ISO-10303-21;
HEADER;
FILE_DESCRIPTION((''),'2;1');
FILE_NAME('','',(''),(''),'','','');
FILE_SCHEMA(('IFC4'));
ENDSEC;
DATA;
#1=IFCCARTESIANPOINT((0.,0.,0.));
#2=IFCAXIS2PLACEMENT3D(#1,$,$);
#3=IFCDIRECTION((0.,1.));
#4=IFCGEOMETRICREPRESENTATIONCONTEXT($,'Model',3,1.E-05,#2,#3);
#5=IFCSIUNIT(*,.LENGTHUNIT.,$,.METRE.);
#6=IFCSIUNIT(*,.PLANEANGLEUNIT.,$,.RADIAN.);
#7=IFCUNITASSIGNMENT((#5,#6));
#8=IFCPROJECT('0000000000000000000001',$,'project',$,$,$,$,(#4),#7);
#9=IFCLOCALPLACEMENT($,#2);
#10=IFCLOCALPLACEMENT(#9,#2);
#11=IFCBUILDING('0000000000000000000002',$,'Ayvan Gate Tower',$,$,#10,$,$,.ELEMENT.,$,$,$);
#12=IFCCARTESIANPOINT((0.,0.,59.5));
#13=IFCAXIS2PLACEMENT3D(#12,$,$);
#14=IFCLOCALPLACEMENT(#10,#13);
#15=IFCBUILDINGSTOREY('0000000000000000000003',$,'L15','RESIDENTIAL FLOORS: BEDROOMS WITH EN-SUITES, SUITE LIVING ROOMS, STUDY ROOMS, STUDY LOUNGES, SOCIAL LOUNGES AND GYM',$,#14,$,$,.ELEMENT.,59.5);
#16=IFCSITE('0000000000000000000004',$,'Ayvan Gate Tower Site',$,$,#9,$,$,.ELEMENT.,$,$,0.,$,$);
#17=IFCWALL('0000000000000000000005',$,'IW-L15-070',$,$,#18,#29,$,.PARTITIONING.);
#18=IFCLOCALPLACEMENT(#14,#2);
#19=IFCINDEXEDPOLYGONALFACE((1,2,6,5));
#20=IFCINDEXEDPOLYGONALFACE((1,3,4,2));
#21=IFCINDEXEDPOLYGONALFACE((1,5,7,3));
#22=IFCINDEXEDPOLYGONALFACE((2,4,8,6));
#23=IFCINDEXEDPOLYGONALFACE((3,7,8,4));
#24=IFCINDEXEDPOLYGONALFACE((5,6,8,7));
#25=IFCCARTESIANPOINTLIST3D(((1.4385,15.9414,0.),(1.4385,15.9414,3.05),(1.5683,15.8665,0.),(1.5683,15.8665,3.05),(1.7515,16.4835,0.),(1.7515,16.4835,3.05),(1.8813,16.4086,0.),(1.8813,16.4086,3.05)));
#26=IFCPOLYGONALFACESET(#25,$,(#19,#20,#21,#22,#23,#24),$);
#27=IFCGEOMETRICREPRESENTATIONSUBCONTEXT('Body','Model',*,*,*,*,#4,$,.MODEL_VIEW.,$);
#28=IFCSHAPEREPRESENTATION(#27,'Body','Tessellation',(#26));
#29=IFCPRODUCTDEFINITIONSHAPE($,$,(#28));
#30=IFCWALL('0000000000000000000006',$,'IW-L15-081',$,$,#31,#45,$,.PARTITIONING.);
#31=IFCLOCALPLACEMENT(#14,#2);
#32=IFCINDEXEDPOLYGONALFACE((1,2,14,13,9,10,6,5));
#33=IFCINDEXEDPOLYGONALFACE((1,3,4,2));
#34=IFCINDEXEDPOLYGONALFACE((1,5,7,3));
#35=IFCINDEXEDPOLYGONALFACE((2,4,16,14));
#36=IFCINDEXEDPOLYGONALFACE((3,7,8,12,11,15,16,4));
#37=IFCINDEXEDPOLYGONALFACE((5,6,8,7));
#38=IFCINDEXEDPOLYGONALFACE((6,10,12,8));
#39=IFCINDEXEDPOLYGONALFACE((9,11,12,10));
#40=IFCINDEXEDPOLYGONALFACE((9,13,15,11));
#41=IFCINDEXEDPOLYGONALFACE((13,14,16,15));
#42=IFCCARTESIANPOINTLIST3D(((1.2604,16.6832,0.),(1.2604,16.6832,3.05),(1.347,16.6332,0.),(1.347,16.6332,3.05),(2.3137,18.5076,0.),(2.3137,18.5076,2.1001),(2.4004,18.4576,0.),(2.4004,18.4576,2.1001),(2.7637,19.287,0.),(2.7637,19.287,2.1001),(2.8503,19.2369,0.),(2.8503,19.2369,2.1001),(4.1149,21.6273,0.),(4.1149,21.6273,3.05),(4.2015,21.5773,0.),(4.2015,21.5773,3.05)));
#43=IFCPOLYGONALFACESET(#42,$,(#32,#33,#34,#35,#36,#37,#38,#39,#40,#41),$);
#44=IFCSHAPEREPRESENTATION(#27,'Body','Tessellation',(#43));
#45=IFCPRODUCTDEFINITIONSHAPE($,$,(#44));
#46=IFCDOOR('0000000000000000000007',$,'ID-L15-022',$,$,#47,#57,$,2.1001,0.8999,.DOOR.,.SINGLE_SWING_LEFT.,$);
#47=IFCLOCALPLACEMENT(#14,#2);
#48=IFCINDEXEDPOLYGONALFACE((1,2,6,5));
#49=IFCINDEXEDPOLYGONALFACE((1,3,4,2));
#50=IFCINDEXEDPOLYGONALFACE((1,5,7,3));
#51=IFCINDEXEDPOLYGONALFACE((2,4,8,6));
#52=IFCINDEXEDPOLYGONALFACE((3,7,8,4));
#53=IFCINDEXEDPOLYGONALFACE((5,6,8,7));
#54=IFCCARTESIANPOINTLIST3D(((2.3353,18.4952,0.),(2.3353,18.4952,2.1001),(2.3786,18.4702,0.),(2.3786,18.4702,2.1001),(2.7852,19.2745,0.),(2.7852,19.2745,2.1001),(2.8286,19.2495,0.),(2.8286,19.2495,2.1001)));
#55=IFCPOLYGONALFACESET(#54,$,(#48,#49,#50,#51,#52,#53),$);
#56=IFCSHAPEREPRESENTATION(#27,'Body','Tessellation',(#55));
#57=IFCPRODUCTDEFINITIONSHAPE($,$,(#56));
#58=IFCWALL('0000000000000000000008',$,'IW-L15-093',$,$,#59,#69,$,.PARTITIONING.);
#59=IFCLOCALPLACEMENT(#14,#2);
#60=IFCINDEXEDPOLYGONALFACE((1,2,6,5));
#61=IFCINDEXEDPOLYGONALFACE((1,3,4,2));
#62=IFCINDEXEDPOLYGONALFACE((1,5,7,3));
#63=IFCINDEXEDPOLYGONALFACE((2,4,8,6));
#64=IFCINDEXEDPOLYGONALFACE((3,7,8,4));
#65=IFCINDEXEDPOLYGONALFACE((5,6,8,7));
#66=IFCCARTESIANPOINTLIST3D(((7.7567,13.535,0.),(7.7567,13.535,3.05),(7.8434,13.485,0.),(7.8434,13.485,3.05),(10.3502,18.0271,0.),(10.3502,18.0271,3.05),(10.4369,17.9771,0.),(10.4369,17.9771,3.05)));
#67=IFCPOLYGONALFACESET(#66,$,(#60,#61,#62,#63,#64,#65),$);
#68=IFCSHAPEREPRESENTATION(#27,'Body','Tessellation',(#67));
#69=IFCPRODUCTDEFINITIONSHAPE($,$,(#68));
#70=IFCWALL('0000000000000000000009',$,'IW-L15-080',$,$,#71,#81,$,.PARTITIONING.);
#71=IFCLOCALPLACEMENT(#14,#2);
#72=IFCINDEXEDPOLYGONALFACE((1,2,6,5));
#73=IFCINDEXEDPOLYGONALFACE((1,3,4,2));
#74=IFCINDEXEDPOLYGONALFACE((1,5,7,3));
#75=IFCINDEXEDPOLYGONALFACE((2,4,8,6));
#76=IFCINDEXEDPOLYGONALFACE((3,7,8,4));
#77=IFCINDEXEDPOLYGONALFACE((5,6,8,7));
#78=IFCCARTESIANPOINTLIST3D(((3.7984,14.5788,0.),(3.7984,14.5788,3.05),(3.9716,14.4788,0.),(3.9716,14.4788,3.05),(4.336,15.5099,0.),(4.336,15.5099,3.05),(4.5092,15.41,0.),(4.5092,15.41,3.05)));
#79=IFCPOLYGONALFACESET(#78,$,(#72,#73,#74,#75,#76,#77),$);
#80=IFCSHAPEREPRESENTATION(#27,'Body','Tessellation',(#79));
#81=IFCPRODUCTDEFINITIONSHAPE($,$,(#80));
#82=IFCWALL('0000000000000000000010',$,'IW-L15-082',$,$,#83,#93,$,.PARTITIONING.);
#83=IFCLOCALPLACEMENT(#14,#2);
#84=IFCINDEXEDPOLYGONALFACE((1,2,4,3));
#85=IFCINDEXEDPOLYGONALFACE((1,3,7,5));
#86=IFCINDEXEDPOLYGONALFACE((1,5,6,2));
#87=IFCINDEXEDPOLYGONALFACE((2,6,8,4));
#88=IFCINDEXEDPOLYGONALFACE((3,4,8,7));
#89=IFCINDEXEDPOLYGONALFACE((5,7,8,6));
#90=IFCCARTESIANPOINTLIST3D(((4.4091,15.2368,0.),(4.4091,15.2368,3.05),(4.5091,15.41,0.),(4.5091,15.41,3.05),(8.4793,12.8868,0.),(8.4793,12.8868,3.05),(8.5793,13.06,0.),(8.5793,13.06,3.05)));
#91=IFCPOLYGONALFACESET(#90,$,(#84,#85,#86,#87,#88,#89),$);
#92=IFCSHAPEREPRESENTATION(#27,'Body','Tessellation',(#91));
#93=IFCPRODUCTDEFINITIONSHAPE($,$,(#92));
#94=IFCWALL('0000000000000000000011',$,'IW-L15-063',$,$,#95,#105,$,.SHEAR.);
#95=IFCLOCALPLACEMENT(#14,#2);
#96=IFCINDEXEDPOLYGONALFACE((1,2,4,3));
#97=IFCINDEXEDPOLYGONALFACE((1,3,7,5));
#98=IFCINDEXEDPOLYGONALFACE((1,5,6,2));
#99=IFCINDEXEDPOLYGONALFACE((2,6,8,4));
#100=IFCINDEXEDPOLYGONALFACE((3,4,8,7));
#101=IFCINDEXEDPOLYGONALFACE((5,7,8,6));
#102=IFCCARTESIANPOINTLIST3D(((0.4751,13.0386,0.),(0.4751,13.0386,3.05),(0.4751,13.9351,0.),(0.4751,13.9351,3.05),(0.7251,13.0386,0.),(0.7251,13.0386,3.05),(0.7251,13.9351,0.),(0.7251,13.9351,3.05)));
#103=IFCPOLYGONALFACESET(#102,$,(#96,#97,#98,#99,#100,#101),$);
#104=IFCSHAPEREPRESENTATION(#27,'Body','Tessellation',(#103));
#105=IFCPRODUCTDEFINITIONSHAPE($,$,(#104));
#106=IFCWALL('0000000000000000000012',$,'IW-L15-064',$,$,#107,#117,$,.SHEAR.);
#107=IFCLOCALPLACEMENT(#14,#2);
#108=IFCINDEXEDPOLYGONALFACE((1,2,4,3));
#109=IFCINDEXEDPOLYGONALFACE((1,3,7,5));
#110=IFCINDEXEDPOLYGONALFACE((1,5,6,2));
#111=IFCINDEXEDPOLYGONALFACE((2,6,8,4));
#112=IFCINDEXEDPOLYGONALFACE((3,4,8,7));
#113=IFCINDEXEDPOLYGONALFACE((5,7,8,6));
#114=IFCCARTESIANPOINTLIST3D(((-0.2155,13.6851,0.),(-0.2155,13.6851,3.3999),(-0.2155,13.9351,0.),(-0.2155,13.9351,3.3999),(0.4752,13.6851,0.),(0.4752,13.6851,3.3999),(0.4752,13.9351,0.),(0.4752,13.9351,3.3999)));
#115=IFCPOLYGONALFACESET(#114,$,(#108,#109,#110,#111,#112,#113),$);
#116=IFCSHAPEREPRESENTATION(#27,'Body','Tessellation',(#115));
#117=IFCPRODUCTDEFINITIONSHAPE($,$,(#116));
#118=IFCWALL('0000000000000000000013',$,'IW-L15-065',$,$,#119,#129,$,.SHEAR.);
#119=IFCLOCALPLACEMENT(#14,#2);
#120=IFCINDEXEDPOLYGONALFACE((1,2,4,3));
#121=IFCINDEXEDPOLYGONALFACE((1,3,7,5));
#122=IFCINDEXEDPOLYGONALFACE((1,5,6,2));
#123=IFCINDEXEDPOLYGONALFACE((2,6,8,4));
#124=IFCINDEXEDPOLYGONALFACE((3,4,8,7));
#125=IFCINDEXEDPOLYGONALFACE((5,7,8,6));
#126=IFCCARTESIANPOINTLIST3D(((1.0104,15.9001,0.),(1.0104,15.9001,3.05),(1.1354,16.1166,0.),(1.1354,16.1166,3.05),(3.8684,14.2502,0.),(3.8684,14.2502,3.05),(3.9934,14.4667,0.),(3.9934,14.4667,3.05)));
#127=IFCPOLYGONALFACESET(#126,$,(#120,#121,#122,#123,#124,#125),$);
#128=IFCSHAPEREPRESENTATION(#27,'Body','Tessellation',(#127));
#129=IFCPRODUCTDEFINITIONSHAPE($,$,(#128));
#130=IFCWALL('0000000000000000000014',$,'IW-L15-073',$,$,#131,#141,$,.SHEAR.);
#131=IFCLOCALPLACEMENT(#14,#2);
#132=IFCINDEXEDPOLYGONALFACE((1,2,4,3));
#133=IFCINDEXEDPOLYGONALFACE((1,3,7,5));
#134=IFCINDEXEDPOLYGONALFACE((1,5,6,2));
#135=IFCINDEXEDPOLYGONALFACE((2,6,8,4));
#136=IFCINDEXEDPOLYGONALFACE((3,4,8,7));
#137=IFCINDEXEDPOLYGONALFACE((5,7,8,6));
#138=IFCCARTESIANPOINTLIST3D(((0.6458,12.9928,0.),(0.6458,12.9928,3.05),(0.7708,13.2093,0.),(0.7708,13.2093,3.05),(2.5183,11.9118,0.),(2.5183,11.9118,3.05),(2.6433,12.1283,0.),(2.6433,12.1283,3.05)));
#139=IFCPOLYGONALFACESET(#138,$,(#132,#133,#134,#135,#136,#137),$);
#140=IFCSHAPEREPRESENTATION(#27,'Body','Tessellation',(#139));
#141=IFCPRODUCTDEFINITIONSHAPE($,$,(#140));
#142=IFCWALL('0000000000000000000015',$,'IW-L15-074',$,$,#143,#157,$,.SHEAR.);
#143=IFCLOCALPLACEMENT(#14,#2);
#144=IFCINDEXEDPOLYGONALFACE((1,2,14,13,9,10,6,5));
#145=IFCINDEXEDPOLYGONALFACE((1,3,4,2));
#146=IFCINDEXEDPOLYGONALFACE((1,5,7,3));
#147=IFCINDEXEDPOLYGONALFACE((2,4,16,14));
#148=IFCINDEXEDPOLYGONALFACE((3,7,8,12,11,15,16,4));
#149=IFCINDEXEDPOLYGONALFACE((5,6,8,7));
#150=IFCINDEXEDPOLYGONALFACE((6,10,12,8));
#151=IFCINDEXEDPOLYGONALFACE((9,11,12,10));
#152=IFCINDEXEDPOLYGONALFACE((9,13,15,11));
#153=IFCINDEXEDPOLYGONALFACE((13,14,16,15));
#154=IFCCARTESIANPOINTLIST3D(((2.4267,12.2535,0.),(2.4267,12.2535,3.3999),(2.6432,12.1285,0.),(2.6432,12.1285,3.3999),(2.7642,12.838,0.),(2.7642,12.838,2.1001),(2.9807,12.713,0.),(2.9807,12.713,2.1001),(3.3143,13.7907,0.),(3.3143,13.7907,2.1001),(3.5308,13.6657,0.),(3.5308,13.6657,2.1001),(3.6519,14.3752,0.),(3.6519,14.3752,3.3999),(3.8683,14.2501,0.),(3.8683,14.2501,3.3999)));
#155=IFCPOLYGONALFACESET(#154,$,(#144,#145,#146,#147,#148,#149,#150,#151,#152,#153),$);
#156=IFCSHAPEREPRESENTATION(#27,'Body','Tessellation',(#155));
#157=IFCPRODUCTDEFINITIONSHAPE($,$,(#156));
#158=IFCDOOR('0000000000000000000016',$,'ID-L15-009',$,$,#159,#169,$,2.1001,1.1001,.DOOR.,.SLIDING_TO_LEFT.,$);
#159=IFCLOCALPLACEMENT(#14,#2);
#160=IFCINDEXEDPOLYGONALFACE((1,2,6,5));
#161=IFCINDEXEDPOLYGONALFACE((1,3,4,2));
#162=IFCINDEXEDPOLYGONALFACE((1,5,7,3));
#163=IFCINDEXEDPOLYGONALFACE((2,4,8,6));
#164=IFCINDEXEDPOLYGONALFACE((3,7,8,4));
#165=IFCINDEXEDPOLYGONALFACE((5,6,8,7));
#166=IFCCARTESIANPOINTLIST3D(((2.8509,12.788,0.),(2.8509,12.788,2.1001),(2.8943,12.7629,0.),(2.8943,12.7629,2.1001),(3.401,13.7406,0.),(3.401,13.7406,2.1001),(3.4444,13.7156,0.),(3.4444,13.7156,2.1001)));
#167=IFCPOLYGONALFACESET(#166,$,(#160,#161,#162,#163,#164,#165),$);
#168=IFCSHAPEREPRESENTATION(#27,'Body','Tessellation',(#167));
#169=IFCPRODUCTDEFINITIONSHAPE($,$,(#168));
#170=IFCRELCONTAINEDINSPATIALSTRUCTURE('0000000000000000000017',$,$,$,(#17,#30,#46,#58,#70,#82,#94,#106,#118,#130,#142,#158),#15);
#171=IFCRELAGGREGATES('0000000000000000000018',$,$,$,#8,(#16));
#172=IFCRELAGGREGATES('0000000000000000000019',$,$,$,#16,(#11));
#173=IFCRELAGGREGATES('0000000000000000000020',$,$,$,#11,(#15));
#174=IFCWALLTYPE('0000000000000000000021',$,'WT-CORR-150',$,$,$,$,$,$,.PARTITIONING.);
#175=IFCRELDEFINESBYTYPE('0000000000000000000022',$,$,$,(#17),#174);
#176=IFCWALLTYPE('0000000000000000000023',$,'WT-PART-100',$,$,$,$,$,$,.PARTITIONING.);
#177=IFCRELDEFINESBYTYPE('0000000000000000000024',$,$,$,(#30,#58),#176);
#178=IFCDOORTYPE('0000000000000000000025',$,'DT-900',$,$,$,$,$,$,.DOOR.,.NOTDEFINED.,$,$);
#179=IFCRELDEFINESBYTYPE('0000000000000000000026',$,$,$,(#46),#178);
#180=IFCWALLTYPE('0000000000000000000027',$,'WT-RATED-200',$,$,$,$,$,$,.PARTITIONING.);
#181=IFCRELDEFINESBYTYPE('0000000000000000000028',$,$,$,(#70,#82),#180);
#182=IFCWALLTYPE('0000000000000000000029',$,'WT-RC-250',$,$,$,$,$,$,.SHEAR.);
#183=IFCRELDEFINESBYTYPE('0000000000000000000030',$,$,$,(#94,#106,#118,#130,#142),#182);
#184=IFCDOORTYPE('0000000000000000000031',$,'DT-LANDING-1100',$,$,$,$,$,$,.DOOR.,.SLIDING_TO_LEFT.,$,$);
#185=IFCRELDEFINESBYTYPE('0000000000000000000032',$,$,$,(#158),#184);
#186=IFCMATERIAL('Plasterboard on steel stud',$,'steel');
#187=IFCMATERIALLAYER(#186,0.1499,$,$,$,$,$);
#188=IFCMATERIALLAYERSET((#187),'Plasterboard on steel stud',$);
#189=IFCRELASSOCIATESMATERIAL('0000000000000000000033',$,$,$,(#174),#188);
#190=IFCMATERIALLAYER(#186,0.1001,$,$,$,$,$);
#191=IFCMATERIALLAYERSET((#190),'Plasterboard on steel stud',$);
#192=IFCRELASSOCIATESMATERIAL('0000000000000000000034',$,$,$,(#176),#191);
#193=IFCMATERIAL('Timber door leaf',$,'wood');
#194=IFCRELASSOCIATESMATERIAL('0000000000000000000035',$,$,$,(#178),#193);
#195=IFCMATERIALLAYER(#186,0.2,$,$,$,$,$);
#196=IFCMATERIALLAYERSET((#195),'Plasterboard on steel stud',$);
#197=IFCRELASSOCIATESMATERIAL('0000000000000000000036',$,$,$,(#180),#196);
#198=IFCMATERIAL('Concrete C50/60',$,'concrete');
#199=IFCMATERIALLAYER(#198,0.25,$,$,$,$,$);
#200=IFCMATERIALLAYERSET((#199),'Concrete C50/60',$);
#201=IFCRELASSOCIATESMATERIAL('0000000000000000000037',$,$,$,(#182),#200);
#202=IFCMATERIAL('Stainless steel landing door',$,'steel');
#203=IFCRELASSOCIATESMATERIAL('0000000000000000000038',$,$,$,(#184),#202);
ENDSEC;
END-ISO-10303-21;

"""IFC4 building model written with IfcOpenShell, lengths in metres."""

from ifc_helpers import new_model, si_unit, direction, frame, frame_2d, origin, place, context, subcontext, project, spatial, rectangle, extrude, material, layer, layer_set, type_object, element, fill, save


model = new_model("IFC4")

# Units and contexts
model_context = context("Model", 3, precision=1e-05, world=origin(), true_north=direction((0.0, 1.0)))
body_context = subcontext(model_context, "Body", "Model", "MODEL_VIEW")
ifc_project = project(units=[si_unit("LENGTHUNIT", "METRE"), si_unit("PLANEANGLEUNIT", "RADIAN")], contexts=[model_context])

# Site, building, storey
site_placement = place(None, origin())
site = spatial("IfcSite", under=ifc_project, at=site_placement, Name="Ayvan Gate Tower Site", CompositionType="ELEMENT", RefElevation=0.0)
building_placement = place(site_placement, origin())
building = spatial("IfcBuilding", under=site, at=building_placement, Name="Ayvan Gate Tower", CompositionType="ELEMENT")
storey_placement = place(building_placement, frame((0.0, 0.0, 59.5)))
storey = spatial("IfcBuildingStorey", under=building, at=storey_placement, Name="L15", Description="RESIDENTIAL FLOORS: BEDROOMS WITH EN-SUITES, SUITE LIVING ROOMS, STUDY ROOMS, STUDY LOUNGES, SOCIAL LOUNGES AND GYM", CompositionType="ELEMENT", Elevation=59.5)

# Wall
ifc_material_1 = material(Name="Plasterboard on steel stud", Category="steel")
ifc_layer_1 = layer(ifc_material_1, 0.1499)
ifc_layer_set_1 = layer_set([ifc_layer_1], Name="Plasterboard on steel stud")
wall_type_1 = type_object("IfcWallType", Name="WT-CORR-150", PredefinedType="PARTITIONING", material=ifc_layer_set_1)
wall_1_placement = place(storey_placement, frame((1.8164, 16.446, 0.0), z_axis=(0.0, 0.0, 1.0), x_axis=(-0.500083, -0.865978, 0.0)))
element("IfcWall", 1, at=wall_1_placement, inside=storey, type_object=wall_type_1, Name="IW-L15-070", PredefinedType="PARTITIONING", context=body_context, shape_type="SweptSolid", body=[
    extrude(rectangle(XDim=0.626, YDim=0.1499, at=frame_2d((0.313, 0.0))), origin(), (0.0, 0.0, 1.0), 3.05),
])

# Wall, opening, door
ifc_layer_2 = layer(ifc_material_1, 0.1001)
ifc_layer_set_2 = layer_set([ifc_layer_2], Name="Plasterboard on steel stud")
wall_type_2 = type_object("IfcWallType", Name="WT-PART-100", PredefinedType="PARTITIONING", material=ifc_layer_set_2)
wall_2_placement = place(storey_placement, frame((4.1582, 21.6023, 0.0), z_axis=(0.0, 0.0, 1.0), x_axis=(-0.500003, -0.866024, 0.0)))
wall_2 = element("IfcWall", 2, at=wall_2_placement, inside=storey, type_object=wall_type_2, Name="IW-L15-081", PredefinedType="PARTITIONING", context=body_context, shape_type="SweptSolid", body=[
    extrude(rectangle(XDim=5.709, YDim=0.1001, at=frame_2d((2.8545, 0.0))), origin(), (0.0, 0.0, 1.0), 3.05),
])
opening_1_placement = place(wall_2_placement, frame((2.7024, 0.0, 0.0)))
opening_1 = element("IfcOpeningElement", 3, at=opening_1_placement, cuts=wall_2, PredefinedType="OPENING", context=body_context, shape_type="SweptSolid", body=[
    extrude(rectangle(XDim=0.8999, YDim=2.1001, at=frame_2d((0.45, 1.05))), frame((0.0, 0.0601, 0.0), z_axis=(0.0, -1.0, 0.0), x_axis=(1.0, 0.0, 0.0)), (0.0, 0.0, 1.0), 0.1201),
])
ifc_material_2 = material(Name="Timber door leaf", Category="wood")
door_type_1 = type_object("IfcDoorType", Name="DT-900", OperationType="NOTDEFINED", PredefinedType="DOOR", material=ifc_material_2)
door_1_placement = place(opening_1_placement, origin())
door_1 = element("IfcDoor", 4, at=door_1_placement, inside=storey, type_object=door_type_1, Name="ID-L15-022", OperationType="SINGLE_SWING_LEFT", OverallHeight=2.1001, OverallWidth=0.8999, PredefinedType="DOOR", context=body_context, shape_type="SweptSolid", body=[
    extrude(rectangle(XDim=0.8999, YDim=2.1001, at=frame_2d((0.45, 1.05))), frame((0.0, 0.0249, 0.0), z_axis=(0.0, -1.0, 0.0), x_axis=(1.0, 0.0, 0.0)), (0.0, 0.0, 1.0), 0.05),
])
fill(opening_1, door_1)

# Walls
wall_3_placement = place(storey_placement, frame((7.8, 13.51, 0.0), z_axis=(0.0, 0.0, 1.0), x_axis=(0.499991, 0.86603, 0.0)))
element("IfcWall", 5, at=wall_3_placement, inside=storey, type_object=wall_type_2, Name="IW-L15-093", PredefinedType="PARTITIONING", context=body_context, shape_type="SweptSolid", body=[
    extrude(rectangle(XDim=5.187, YDim=0.1001, at=frame_2d((2.5935, 0.0))), origin(), (0.0, 0.0, 1.0), 3.05),
])
ifc_layer_3 = layer(ifc_material_1, 0.2)
ifc_layer_set_3 = layer_set([ifc_layer_3], Name="Plasterboard on steel stud")
wall_type_3 = type_object("IfcWallType", Name="WT-RATED-200", PredefinedType="PARTITIONING", material=ifc_layer_set_3)
wall_4_placement = place(storey_placement, frame((3.885, 14.5288, 0.0), z_axis=(0.0, 0.0, 1.0), x_axis=(0.499998, 0.866027, 0.0)))
element("IfcWall", 6, at=wall_4_placement, inside=storey, type_object=wall_type_3, Name="IW-L15-080", PredefinedType="PARTITIONING", context=body_context, shape_type="SweptSolid", body=[
    extrude(rectangle(XDim=1.0752, YDim=0.2, at=frame_2d((0.5376, 0.0))), origin(), (0.0, 0.0, 1.0), 3.05),
])
wall_5_placement = place(storey_placement, frame((4.459, 15.3235, 0.0), z_axis=(0.0, 0.0, 1.0), x_axis=(0.866016, -0.500016, 0.0)))
element("IfcWall", 7, at=wall_5_placement, inside=storey, type_object=wall_type_3, Name="IW-L15-082", PredefinedType="PARTITIONING", context=body_context, shape_type="SweptSolid", body=[
    extrude(rectangle(XDim=4.7, YDim=0.2, at=frame_2d((2.3501, 0.0))), origin(), (0.0, 0.0, 1.0), 3.05),
])
ifc_material_3 = material(Name="Concrete C50/60", Category="concrete")
ifc_layer_4 = layer(ifc_material_3, 0.25)
ifc_layer_set_4 = layer_set([ifc_layer_4], Name="Concrete C50/60")
wall_type_4 = type_object("IfcWallType", Name="WT-RC-250", PredefinedType="SHEAR", material=ifc_layer_set_4)
wall_6_placement = place(storey_placement, frame((0.6001, 13.0386, 0.0), z_axis=(0.0, 0.0, 1.0), x_axis=(0.0, 1.0, 0.0)))
element("IfcWall", 8, at=wall_6_placement, inside=storey, type_object=wall_type_4, Name="IW-L15-063", PredefinedType="SHEAR", context=body_context, shape_type="SweptSolid", body=[
    extrude(rectangle(XDim=0.8965, YDim=0.25, at=frame_2d((0.4482, 0.0))), origin(), (0.0, 0.0, 1.0), 3.05),
])
wall_7_placement = place(storey_placement, frame((0.4751, 13.8101, 0.0), z_axis=(0.0, 0.0, 1.0), x_axis=(-1.0, 0.0, 0.0)))
element("IfcWall", 9, at=wall_7_placement, inside=storey, type_object=wall_type_4, Name="IW-L15-064", PredefinedType="SHEAR", context=body_context, shape_type="SweptSolid", body=[
    extrude(rectangle(XDim=0.6907, YDim=0.25, at=frame_2d((0.3452, 0.0))), origin(), (0.0, 0.0, 1.0), 3.3999),
])
wall_8_placement = place(storey_placement, frame((1.073, 16.0083, 0.0), z_axis=(0.0, 0.0, 1.0), x_axis=(0.86604, -0.499974, 0.0)))
element("IfcWall", 10, at=wall_8_placement, inside=storey, type_object=wall_type_4, Name="IW-L15-065", PredefinedType="SHEAR", context=body_context, shape_type="SweptSolid", body=[
    extrude(rectangle(XDim=3.3, YDim=0.25, at=frame_2d((1.6499, 0.0))), origin(), (0.0, 0.0, 1.0), 3.05),
])
wall_9_placement = place(storey_placement, frame((2.5808, 12.02, 0.0), z_axis=(0.0, 0.0, 1.0), x_axis=(-0.866039, 0.499977, 0.0)))
element("IfcWall", 11, at=wall_9_placement, inside=storey, type_object=wall_type_4, Name="IW-L15-073", PredefinedType="SHEAR", context=body_context, shape_type="SweptSolid", body=[
    extrude(rectangle(XDim=2.1621, YDim=0.25, at=frame_2d((1.0811, 0.0))), origin(), (0.0, 0.0, 1.0), 3.05),
])

# Wall, opening, door
wall_10_placement = place(storey_placement, frame((2.5349, 12.1909, 0.0), z_axis=(0.0, 0.0, 1.0), x_axis=(0.500062, 0.86599, 0.0)))
wall_10 = element("IfcWall", 12, at=wall_10_placement, inside=storey, type_object=wall_type_4, Name="IW-L15-074", PredefinedType="SHEAR", context=body_context, shape_type="SweptSolid", body=[
    extrude(rectangle(XDim=2.45, YDim=0.25, at=frame_2d((1.2251, 0.0))), origin(), (0.0, 0.0, 1.0), 3.3999),
])
opening_2_placement = place(wall_10_placement, frame((0.675, 0.0, 0.0)))
opening_2 = element("IfcOpeningElement", 13, at=opening_2_placement, cuts=wall_10, PredefinedType="OPENING", context=body_context, shape_type="SweptSolid", body=[
    extrude(rectangle(XDim=1.1001, YDim=2.1001, at=frame_2d((0.55, 1.05))), frame((0.0, 0.135, 0.0), z_axis=(0.0, -1.0, 0.0), x_axis=(1.0, 0.0, 0.0)), (0.0, 0.0, 1.0), 0.27),
])
ifc_material_4 = material(Name="Stainless steel landing door", Category="steel")
door_type_2 = type_object("IfcDoorType", Name="DT-LANDING-1100", OperationType="SLIDING_TO_LEFT", PredefinedType="DOOR", material=ifc_material_4)
door_2_placement = place(opening_2_placement, origin())
door_2 = element("IfcDoor", 14, at=door_2_placement, inside=storey, type_object=door_type_2, Name="ID-L15-009", OperationType="SLIDING_TO_LEFT", OverallHeight=2.1001, OverallWidth=1.1001, PredefinedType="DOOR", context=body_context, shape_type="SweptSolid", body=[
    extrude(rectangle(XDim=1.1001, YDim=2.1001, at=frame_2d((0.55, 1.05))), frame((0.0, 0.0249, 0.0), z_axis=(0.0, -1.0, 0.0), x_axis=(1.0, 0.0, 0.0)), (0.0, 0.0, 1.0), 0.05),
])
fill(opening_2, door_2)

save(model, "model.ifc")
